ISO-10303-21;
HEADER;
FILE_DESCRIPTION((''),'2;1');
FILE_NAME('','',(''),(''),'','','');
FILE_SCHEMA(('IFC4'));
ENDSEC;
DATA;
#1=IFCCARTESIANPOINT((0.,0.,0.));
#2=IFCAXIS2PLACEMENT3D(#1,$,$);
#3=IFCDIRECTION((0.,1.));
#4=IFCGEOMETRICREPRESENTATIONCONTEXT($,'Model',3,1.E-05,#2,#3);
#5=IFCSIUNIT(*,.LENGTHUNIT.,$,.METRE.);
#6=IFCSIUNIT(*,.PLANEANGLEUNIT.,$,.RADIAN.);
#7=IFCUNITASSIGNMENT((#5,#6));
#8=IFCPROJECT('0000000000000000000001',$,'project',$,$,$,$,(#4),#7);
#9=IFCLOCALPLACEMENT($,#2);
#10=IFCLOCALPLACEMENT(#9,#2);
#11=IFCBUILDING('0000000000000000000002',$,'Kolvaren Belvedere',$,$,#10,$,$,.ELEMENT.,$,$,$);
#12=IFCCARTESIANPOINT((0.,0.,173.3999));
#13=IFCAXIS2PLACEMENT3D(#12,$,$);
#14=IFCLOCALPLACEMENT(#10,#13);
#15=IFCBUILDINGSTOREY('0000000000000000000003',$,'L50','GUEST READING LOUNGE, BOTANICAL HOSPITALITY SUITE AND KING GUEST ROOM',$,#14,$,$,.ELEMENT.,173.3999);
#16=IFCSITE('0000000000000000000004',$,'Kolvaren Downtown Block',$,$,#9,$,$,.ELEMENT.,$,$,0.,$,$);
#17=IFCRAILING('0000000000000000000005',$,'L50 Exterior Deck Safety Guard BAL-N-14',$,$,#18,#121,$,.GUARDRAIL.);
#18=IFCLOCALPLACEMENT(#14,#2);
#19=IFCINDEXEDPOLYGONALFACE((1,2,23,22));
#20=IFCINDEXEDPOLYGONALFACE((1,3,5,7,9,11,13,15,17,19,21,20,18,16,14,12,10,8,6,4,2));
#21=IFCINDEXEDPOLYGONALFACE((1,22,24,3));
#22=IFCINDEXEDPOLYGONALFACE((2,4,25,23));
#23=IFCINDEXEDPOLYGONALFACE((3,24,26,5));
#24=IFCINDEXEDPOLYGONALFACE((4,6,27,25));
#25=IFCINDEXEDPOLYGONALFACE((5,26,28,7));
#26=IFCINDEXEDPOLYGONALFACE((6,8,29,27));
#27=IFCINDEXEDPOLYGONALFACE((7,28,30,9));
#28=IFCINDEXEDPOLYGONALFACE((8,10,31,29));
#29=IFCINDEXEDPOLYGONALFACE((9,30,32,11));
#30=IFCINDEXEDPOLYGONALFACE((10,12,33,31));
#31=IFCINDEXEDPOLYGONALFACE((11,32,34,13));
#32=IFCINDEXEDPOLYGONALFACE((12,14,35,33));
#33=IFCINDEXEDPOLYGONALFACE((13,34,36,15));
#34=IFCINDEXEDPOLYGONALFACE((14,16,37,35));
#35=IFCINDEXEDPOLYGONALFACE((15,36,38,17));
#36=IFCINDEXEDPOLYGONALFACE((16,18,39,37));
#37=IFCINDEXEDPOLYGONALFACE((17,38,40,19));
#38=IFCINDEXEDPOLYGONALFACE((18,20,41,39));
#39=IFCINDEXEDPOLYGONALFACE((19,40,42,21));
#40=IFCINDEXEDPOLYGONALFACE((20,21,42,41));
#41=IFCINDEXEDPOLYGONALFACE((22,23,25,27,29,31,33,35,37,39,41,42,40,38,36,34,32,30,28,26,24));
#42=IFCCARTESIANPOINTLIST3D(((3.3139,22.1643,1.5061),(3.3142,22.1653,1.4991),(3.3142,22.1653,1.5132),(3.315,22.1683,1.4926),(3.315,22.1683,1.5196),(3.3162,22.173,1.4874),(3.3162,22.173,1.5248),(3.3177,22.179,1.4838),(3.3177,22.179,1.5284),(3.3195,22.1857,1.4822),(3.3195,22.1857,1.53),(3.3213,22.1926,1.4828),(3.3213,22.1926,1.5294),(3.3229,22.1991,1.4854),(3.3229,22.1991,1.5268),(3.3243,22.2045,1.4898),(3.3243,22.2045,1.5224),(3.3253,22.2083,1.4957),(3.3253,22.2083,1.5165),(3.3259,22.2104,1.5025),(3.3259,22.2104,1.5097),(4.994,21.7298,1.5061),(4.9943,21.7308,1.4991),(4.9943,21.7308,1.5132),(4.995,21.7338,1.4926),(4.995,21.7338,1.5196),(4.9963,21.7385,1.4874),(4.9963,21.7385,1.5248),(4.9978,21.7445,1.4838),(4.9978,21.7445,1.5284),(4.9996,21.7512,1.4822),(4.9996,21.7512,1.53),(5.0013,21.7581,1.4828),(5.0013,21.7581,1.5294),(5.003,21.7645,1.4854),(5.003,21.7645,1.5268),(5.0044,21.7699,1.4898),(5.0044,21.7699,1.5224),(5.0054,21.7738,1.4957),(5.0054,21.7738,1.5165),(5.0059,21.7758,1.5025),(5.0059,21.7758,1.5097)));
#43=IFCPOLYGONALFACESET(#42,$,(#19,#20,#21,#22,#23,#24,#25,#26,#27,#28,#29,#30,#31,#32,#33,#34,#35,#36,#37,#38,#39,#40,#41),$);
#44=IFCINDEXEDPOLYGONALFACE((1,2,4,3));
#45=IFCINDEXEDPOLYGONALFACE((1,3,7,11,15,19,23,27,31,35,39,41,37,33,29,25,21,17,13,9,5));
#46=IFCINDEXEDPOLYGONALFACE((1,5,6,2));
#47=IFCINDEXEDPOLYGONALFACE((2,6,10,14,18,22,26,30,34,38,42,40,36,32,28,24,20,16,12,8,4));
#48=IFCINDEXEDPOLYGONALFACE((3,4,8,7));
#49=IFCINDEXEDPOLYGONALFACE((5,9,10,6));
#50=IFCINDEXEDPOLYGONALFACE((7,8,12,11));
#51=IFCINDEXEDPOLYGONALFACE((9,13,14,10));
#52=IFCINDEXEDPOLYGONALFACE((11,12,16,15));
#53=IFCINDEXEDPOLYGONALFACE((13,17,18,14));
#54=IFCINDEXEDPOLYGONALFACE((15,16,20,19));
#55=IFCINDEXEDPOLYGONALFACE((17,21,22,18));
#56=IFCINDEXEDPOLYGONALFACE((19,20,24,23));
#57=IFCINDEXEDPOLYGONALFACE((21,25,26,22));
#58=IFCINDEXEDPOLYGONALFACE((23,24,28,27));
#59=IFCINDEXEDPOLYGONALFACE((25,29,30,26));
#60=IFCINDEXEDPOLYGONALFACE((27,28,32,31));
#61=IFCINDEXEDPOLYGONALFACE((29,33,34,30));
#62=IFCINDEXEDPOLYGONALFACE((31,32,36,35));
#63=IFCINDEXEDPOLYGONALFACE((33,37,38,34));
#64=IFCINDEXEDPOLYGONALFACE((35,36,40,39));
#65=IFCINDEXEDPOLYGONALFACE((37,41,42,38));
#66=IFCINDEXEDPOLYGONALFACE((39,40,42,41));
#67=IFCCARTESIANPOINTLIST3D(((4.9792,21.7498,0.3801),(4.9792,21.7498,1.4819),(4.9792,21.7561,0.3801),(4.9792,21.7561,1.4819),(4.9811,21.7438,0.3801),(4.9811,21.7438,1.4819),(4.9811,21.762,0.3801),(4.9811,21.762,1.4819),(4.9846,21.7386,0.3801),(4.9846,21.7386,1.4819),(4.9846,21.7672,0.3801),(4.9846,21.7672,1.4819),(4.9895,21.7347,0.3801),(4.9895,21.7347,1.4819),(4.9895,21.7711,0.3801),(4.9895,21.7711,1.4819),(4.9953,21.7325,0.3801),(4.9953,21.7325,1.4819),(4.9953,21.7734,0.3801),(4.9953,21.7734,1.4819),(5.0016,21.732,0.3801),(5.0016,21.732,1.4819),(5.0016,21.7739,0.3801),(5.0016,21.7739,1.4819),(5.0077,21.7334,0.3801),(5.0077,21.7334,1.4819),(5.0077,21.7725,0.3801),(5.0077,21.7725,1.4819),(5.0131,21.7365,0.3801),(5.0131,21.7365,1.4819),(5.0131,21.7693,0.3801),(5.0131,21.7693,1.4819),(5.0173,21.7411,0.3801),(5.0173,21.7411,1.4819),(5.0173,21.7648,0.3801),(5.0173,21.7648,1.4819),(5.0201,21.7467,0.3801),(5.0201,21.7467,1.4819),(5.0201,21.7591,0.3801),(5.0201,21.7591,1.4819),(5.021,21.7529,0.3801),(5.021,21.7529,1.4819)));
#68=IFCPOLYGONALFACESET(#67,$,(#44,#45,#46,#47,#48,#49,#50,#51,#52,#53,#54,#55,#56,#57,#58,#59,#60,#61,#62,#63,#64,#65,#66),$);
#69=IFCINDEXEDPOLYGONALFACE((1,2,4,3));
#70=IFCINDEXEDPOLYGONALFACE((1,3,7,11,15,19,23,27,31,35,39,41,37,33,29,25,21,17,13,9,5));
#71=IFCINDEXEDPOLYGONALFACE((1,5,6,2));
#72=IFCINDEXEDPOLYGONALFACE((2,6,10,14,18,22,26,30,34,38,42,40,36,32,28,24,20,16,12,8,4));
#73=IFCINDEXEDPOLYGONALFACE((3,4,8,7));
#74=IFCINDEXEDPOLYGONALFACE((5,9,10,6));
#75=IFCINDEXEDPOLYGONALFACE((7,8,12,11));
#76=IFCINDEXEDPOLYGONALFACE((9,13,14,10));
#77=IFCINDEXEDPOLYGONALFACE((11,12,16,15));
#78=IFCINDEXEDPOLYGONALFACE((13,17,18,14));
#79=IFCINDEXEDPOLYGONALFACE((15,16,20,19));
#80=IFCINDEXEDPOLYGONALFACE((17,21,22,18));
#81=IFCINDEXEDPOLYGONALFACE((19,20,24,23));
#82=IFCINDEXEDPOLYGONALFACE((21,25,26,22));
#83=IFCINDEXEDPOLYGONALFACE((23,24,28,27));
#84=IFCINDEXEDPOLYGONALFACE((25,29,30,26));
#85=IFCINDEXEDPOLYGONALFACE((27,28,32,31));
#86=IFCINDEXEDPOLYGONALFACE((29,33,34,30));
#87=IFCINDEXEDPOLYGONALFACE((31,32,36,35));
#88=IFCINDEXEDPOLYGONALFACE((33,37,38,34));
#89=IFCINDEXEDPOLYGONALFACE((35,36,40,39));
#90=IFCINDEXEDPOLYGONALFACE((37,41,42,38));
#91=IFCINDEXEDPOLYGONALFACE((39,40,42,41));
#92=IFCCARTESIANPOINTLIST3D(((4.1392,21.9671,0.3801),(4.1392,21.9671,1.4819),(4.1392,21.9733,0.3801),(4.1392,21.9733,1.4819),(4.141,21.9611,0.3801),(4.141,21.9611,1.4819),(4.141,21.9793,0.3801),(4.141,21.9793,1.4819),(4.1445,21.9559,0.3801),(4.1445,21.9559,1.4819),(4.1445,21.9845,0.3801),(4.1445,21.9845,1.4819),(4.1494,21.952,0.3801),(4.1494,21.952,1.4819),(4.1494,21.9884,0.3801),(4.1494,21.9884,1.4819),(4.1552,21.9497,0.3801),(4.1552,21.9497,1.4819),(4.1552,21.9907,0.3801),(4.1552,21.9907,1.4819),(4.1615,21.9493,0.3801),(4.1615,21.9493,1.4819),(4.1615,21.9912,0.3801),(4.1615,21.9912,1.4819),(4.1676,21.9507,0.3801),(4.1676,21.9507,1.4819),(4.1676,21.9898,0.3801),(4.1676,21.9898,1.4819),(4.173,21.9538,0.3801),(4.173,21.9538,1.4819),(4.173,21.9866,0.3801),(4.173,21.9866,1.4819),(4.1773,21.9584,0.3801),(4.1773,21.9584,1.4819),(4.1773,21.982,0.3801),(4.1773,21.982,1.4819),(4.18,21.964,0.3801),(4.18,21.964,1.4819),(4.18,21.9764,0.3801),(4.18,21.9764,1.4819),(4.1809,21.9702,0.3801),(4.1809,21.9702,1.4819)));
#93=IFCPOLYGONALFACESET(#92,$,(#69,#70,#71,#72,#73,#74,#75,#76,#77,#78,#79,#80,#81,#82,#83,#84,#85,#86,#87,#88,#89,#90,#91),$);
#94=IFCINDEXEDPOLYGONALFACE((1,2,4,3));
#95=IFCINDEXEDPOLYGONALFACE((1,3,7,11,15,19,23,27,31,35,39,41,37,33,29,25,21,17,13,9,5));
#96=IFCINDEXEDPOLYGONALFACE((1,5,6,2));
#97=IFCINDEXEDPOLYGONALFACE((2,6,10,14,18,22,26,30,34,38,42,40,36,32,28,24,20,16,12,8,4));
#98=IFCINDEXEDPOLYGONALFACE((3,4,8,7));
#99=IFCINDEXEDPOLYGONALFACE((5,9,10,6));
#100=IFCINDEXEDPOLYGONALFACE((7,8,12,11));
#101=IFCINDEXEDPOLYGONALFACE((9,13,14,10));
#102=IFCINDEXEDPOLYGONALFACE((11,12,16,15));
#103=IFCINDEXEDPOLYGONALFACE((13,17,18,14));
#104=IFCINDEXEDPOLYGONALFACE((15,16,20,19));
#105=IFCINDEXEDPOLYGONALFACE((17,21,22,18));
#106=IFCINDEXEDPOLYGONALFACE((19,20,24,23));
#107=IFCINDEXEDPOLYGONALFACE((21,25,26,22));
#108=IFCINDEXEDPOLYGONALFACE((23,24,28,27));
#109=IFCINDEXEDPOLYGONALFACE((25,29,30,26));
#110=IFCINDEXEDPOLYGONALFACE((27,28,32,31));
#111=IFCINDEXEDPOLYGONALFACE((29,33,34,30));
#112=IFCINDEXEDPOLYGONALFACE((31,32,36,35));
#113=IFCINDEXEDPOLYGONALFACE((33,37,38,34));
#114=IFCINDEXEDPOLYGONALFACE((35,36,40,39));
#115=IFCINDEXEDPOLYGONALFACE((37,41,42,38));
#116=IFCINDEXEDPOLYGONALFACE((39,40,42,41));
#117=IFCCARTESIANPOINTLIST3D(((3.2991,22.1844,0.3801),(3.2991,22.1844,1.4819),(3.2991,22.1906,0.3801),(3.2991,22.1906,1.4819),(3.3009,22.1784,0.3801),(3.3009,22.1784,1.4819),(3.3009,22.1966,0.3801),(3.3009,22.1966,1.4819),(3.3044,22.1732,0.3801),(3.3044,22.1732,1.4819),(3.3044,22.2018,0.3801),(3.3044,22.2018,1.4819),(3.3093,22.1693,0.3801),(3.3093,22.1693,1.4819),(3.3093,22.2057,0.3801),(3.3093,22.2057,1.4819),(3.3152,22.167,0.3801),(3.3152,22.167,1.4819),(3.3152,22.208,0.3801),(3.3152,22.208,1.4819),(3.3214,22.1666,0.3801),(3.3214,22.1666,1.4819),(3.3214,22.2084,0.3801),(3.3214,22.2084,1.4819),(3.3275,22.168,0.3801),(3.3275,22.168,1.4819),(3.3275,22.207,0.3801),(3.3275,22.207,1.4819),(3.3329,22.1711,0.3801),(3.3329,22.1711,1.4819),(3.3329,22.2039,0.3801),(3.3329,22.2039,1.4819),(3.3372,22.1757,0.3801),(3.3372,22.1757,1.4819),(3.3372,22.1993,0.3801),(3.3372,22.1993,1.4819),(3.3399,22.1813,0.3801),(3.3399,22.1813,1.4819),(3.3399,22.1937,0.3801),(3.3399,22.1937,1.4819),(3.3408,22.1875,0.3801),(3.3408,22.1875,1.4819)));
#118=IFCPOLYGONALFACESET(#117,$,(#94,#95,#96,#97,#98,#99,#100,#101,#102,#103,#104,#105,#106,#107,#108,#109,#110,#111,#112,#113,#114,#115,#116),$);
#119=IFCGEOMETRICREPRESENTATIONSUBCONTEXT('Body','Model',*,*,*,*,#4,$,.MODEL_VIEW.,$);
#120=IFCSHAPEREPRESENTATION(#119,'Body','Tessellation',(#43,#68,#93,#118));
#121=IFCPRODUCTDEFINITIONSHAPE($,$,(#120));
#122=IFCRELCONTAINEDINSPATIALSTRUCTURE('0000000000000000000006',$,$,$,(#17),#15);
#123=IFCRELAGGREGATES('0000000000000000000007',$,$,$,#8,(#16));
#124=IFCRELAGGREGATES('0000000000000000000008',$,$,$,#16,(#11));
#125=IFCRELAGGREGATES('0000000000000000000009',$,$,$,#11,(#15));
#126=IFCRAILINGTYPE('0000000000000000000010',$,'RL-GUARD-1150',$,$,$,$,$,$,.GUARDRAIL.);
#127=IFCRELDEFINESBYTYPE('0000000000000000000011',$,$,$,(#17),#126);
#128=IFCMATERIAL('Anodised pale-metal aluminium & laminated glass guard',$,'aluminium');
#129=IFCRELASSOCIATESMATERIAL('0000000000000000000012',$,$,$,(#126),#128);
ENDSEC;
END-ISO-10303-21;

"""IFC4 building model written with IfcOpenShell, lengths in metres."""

from ifc_helpers import new_model, si_unit, direction, frame, origin, origin_2d, place, context, subcontext, project, spatial, circle, extrude, material, type_object, element, save


model = new_model("IFC4")

# Units and contexts
model_context = context("Model", 3, precision=1e-05, world=origin(), true_north=direction((0.0, 1.0)))
body_context = subcontext(model_context, "Body", "Model", "MODEL_VIEW")
ifc_project = project(units=[si_unit("LENGTHUNIT", "METRE"), si_unit("PLANEANGLEUNIT", "RADIAN")], contexts=[model_context])

# Site, building, storey
site_placement = place(None, origin())
site = spatial("IfcSite", under=ifc_project, at=site_placement, Name="Kolvaren Downtown Block", CompositionType="ELEMENT", RefElevation=0.0)
building_placement = place(site_placement, origin())
building = spatial("IfcBuilding", under=site, at=building_placement, Name="Kolvaren Belvedere", CompositionType="ELEMENT")
storey_placement = place(building_placement, frame((0.0, 0.0, 173.3999)))
storey = spatial("IfcBuildingStorey", under=building, at=storey_placement, Name="L50", Description="GUEST READING LOUNGE, BOTANICAL HOSPITALITY SUITE AND KING GUEST ROOM", CompositionType="ELEMENT", Elevation=173.3999)

# Railing
ifc_material_1 = material(Name="Anodised pale-metal aluminium & laminated glass guard", Category="aluminium")
railing_type = type_object("IfcRailingType", Name="RL-GUARD-1150", PredefinedType="GUARDRAIL", material=ifc_material_1)
railing_1_placement = place(storey_placement, frame((5.0, 21.7529, 0.3801)))
element("IfcRailing", 1, at=railing_1_placement, inside=storey, type_object=railing_type, Name="L50 Exterior Deck Safety Guard BAL-N-14", PredefinedType="GUARDRAIL", context=body_context, shape_type="SweptSolid", body=[
    extrude(circle(Radius=0.0239, at=origin_2d()), frame((0.0, 0.0, 1.126), z_axis=(-0.968141, 0.250406, 0.0), x_axis=(-0.250406, -0.968141, 0.0)), (0.0, 0.0, 1.0), 1.7354),
    extrude(circle(Radius=0.021, at=origin_2d()), origin(), (0.0, 0.0, 1.0), 1.1018),
    extrude(circle(Radius=0.021, at=origin_2d()), frame((-0.8401, 0.2173, 0.0)), (0.0, 0.0, 1.0), 1.1018),
    extrude(circle(Radius=0.021, at=origin_2d()), frame((-1.6802, 0.4346, 0.0)), (0.0, 0.0, 1.0), 1.1018),
])

save(model, "model.ifc")
